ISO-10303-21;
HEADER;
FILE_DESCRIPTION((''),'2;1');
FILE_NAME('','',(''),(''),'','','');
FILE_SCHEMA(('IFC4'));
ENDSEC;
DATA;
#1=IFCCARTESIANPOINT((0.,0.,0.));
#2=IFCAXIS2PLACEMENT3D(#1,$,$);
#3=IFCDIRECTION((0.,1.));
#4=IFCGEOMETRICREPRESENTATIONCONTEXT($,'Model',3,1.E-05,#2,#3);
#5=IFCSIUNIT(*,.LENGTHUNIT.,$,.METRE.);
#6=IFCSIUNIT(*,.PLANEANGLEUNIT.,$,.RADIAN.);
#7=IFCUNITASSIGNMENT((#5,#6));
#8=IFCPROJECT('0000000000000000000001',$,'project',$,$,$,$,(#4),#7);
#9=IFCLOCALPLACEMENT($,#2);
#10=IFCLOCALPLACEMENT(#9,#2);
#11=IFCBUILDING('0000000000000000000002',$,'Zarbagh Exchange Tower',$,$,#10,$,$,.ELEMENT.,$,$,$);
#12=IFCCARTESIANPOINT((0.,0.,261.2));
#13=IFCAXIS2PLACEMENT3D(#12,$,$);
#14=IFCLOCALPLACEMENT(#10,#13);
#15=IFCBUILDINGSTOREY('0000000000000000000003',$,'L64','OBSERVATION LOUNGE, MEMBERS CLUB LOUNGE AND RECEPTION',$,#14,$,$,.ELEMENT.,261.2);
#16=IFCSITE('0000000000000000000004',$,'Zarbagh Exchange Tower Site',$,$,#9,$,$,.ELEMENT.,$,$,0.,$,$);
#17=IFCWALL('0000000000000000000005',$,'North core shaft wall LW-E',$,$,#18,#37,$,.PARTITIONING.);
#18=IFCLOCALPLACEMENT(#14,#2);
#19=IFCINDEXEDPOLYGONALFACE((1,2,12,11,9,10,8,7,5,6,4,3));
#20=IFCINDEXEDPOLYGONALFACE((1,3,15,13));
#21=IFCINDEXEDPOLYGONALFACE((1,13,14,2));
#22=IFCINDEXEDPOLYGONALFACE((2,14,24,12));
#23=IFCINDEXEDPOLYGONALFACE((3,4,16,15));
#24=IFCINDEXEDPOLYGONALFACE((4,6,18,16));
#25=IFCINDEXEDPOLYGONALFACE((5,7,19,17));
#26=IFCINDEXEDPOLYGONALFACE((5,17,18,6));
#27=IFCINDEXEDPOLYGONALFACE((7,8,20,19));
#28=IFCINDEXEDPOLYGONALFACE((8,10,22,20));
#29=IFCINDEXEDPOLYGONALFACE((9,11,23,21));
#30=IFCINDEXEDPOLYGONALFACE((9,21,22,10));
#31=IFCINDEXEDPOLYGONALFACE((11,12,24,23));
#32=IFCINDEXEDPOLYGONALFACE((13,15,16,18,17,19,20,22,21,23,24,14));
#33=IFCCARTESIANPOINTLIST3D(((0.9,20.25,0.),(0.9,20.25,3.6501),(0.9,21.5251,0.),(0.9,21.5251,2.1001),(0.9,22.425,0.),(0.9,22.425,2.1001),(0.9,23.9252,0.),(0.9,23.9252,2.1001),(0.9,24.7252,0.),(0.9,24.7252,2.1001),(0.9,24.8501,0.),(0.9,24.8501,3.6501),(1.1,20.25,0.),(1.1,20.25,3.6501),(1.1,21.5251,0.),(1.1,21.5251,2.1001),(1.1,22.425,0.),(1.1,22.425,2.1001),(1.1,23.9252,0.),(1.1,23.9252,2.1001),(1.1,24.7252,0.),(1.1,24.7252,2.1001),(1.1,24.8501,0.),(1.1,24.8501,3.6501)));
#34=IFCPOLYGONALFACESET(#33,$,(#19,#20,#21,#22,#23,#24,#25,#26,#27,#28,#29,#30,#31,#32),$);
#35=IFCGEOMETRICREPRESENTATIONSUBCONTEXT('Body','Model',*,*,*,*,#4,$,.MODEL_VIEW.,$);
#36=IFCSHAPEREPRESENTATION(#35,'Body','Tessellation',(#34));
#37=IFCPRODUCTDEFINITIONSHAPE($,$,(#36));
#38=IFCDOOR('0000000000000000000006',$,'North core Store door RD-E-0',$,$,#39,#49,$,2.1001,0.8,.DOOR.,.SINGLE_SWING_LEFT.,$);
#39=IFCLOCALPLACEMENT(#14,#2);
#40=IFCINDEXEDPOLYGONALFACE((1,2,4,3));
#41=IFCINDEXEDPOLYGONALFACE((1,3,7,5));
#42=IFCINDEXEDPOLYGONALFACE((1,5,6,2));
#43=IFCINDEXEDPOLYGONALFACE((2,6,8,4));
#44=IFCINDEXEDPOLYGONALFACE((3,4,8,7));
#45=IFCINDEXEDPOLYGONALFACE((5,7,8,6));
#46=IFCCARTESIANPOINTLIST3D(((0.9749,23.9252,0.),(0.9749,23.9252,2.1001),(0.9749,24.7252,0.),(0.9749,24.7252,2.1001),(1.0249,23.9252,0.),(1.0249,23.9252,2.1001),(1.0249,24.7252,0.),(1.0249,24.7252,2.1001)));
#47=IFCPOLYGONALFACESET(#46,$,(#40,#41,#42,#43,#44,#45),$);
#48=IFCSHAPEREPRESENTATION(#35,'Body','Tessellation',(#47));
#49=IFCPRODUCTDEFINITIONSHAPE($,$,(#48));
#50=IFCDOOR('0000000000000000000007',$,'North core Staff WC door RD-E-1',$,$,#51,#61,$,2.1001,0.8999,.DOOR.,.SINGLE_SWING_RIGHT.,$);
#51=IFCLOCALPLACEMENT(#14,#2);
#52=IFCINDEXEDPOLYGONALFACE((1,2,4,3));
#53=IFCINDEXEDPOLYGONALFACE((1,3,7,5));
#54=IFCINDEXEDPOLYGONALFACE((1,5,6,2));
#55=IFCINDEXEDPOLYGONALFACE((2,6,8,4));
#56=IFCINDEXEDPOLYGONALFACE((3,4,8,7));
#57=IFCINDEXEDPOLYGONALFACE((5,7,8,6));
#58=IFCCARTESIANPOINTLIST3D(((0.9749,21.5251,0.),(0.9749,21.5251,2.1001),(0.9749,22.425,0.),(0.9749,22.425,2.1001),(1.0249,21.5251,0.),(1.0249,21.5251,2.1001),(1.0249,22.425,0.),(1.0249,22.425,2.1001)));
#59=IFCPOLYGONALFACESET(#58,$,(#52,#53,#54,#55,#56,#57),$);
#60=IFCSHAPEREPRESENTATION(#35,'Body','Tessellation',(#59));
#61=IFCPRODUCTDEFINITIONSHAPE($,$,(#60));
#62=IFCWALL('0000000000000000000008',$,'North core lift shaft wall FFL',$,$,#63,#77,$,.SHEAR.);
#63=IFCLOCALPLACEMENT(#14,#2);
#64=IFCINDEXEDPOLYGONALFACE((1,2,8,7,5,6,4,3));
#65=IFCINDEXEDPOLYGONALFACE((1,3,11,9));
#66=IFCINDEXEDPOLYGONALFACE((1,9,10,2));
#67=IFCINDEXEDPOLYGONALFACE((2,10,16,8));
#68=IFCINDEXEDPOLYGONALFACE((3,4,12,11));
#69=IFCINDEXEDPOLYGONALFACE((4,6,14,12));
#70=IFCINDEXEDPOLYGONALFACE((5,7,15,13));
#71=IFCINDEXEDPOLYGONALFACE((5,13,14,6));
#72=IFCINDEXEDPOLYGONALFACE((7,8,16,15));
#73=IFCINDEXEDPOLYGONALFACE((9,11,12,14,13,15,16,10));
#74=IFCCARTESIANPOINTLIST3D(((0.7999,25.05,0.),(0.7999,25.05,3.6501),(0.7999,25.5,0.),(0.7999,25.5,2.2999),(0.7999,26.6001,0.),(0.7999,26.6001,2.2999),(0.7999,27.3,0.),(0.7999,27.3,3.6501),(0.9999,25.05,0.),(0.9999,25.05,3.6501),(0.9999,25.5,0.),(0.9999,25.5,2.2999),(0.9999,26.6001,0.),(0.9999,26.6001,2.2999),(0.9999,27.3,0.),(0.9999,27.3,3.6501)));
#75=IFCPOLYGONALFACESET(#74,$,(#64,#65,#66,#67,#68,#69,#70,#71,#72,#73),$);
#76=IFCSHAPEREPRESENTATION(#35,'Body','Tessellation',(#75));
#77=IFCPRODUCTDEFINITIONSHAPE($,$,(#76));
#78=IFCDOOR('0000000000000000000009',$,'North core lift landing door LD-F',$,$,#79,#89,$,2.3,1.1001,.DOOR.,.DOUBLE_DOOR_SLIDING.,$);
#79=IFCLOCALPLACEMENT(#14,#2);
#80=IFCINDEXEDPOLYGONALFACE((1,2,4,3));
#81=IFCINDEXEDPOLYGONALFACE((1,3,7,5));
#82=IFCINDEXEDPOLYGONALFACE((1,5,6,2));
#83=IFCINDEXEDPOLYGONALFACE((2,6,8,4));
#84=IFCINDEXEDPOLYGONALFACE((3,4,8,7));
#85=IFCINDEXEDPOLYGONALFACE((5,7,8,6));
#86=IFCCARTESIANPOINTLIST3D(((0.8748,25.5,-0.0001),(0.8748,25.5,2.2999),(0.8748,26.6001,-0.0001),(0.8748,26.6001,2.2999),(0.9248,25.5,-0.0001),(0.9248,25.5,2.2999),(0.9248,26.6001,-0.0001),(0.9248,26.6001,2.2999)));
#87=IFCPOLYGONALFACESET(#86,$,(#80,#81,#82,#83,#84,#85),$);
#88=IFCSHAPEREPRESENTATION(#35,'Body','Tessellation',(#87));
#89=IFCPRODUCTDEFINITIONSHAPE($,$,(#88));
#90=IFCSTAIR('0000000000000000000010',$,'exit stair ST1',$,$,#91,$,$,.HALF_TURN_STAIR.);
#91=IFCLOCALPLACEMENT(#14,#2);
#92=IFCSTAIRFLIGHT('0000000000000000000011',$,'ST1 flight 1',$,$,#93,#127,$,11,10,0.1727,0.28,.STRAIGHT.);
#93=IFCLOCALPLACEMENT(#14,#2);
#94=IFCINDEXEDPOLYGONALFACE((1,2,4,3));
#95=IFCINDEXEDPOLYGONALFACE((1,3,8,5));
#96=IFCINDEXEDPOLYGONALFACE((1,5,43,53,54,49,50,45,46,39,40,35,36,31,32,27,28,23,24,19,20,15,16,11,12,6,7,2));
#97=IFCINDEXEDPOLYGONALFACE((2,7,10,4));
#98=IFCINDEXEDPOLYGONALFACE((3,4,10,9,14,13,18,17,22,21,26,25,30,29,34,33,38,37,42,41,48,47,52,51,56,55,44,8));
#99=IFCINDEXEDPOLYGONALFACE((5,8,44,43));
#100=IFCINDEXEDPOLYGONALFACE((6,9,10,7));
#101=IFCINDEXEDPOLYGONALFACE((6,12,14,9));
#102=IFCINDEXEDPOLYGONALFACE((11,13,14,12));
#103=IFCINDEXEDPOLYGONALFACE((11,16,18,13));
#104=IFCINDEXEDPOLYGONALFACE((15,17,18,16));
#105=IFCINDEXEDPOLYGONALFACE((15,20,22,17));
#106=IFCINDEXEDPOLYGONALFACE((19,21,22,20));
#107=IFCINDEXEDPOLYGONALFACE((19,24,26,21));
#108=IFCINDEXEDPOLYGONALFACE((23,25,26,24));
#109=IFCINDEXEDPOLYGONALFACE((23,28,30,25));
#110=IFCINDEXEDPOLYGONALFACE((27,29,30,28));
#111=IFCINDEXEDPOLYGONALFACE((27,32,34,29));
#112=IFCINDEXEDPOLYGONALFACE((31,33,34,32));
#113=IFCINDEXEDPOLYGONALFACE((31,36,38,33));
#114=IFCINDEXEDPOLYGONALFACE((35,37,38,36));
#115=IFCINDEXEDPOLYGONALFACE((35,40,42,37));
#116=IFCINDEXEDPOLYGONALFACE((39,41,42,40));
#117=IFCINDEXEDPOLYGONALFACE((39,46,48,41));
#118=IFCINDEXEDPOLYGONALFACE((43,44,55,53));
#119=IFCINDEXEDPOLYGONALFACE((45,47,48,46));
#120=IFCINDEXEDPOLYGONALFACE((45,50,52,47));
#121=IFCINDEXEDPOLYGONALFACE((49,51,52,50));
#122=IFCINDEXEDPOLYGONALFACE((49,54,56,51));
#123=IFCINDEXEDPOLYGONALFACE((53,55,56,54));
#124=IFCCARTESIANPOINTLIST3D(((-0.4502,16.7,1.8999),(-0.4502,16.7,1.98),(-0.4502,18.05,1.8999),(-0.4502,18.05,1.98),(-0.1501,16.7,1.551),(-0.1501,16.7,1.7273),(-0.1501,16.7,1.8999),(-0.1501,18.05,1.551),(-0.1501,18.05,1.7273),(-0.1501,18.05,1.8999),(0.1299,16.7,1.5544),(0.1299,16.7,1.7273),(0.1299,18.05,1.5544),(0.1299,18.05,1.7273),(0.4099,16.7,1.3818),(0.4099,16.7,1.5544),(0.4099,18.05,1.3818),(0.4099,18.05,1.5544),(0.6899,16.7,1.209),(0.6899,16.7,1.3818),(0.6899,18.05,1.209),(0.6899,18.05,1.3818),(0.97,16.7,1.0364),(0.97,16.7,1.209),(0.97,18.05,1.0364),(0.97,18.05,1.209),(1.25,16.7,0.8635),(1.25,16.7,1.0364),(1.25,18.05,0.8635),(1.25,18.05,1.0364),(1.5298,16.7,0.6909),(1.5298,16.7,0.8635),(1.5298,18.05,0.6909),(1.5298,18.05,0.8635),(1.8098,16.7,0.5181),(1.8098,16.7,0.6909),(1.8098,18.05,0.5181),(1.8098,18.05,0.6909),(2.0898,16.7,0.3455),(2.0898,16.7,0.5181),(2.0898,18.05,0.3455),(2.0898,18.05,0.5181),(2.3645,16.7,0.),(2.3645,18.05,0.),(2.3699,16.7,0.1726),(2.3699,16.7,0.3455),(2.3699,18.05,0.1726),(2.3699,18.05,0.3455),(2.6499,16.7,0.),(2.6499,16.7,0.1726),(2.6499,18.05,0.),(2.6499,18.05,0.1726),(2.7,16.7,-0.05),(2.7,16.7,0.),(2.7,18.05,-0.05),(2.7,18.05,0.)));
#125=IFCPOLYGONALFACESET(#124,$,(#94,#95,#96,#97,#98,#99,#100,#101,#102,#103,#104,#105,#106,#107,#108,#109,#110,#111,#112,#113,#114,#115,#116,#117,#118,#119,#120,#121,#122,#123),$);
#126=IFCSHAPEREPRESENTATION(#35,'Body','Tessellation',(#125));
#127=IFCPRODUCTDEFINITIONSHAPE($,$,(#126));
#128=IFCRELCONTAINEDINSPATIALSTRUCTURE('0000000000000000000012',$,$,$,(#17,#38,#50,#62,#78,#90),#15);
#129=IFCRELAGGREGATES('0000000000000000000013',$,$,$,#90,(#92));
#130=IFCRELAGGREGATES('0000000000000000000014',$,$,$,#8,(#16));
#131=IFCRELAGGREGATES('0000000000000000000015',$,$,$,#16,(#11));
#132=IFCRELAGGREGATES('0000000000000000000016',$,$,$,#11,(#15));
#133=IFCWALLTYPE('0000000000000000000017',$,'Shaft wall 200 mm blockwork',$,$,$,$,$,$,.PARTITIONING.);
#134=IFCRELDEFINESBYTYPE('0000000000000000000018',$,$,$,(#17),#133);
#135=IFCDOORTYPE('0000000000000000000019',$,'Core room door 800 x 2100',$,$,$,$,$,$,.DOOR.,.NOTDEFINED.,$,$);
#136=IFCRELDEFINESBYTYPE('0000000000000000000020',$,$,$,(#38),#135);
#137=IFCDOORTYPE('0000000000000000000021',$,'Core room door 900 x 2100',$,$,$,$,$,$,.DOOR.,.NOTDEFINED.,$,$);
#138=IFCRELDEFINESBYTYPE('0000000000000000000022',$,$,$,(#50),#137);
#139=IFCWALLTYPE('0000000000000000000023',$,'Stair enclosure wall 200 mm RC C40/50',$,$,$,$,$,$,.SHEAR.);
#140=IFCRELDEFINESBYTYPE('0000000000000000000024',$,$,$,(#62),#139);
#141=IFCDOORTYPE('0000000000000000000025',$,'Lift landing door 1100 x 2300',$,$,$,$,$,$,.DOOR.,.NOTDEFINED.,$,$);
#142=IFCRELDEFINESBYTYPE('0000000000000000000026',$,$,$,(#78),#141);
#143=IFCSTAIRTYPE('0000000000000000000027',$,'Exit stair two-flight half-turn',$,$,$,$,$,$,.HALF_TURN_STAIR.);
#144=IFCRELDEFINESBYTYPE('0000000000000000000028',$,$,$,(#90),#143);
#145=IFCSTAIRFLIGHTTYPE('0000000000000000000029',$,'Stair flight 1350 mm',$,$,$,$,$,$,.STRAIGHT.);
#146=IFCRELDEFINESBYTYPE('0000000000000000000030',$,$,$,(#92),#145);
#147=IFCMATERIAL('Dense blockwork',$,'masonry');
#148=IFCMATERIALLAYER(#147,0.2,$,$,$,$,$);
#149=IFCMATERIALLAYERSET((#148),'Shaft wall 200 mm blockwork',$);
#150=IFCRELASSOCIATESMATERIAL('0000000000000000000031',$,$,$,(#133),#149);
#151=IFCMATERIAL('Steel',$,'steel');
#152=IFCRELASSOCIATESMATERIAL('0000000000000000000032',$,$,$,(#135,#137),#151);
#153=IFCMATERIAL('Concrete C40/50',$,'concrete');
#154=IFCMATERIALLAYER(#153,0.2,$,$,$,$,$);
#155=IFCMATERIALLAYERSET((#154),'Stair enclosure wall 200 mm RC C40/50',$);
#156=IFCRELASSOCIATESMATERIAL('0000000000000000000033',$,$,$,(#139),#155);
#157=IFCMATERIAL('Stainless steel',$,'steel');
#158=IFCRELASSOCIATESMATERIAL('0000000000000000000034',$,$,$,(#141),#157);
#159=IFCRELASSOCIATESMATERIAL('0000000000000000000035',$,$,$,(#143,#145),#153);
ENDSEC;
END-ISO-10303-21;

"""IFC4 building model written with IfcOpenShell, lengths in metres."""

from ifc_helpers import new_model, si_unit, direction, frame, frame_2d, origin, place, context, subcontext, project, spatial, polyline, rectangle, outline, extrude, material, layer, layer_set, type_object, element, fill, aggregate, save


model = new_model("IFC4")

# Units and contexts
model_context = context("Model", 3, precision=1e-05, world=origin(), true_north=direction((0.0, 1.0)))
body_context = subcontext(model_context, "Body", "Model", "MODEL_VIEW")
ifc_project = project(units=[si_unit("LENGTHUNIT", "METRE"), si_unit("PLANEANGLEUNIT", "RADIAN")], contexts=[model_context])

# Site, building, storey
site_placement = place(None, origin())
site = spatial("IfcSite", under=ifc_project, at=site_placement, Name="Zarbagh Exchange Tower Site", CompositionType="ELEMENT", RefElevation=0.0)
building_placement = place(site_placement, origin())
building = spatial("IfcBuilding", under=site, at=building_placement, Name="Zarbagh Exchange Tower", CompositionType="ELEMENT")
storey_placement = place(building_placement, frame((0.0, 0.0, 261.2)))
storey = spatial("IfcBuildingStorey", under=building, at=storey_placement, Name="L64", Description="OBSERVATION LOUNGE, MEMBERS CLUB LOUNGE AND RECEPTION", CompositionType="ELEMENT", Elevation=261.2)

# Shared definitions
ifc_material_1 = material(Name="Concrete C40/50", Category="concrete")

# Shared definitions
ifc_material_2 = material(Name="Dense blockwork", Category="masonry")

# Wall, openings, doors
ifc_material_3 = material(Name="Steel", Category="steel")
ifc_layer_1 = layer(ifc_material_2, 0.2)
ifc_layer_set_1 = layer_set([ifc_layer_1], Name="Shaft wall 200 mm blockwork")
wall_type_1 = type_object("IfcWallType", Name="Shaft wall 200 mm blockwork", PredefinedType="PARTITIONING", material=ifc_layer_set_1)
wall_1_placement = place(storey_placement, frame((1.0, 24.8501, 0.0), z_axis=(0.0, 0.0, 1.0), x_axis=(0.0, -1.0, 0.0)))
wall_1 = element("IfcWall", 1, at=wall_1_placement, inside=storey, type_object=wall_type_1, Name="North core shaft wall LW-E", PredefinedType="PARTITIONING", context=body_context, shape_type="SweptSolid", body=[
    extrude(rectangle(XDim=4.6001, YDim=0.2, at=frame_2d((2.3, 0.0))), origin(), (0.0, 0.0, 1.0), 3.6501),
])
opening_1_placement = place(wall_1_placement, frame((0.125, 0.0, 0.0)))
opening_1 = element("IfcOpeningElement", 2, at=opening_1_placement, cuts=wall_1, PredefinedType="OPENING", context=body_context, shape_type="SweptSolid", body=[
    extrude(rectangle(XDim=0.8, YDim=2.1001, at=frame_2d((0.3999, 1.05))), frame((0.0, 0.1099, 0.0), z_axis=(0.0, -1.0, 0.0), x_axis=(1.0, 0.0, 0.0)), (0.0, 0.0, 1.0), 0.22),
])
opening_2_placement = place(wall_1_placement, frame((2.425, 0.0, 0.0)))
opening_2 = element("IfcOpeningElement", 3, at=opening_2_placement, cuts=wall_1, PredefinedType="OPENING", context=body_context, shape_type="SweptSolid", body=[
    extrude(rectangle(XDim=0.8999, YDim=2.1001, at=frame_2d((0.45, 1.05))), frame((0.0, 0.1099, 0.0), z_axis=(0.0, -1.0, 0.0), x_axis=(1.0, 0.0, 0.0)), (0.0, 0.0, 1.0), 0.22),
])
door_type_1 = type_object("IfcDoorType", Name="Core room door 800 x 2100", OperationType="NOTDEFINED", PredefinedType="DOOR", material=ifc_material_3)
door_1_placement = place(opening_1_placement, origin())
door_1 = element("IfcDoor", 4, at=door_1_placement, inside=storey, type_object=door_type_1, Name="North core Store door RD-E-0", OperationType="SINGLE_SWING_LEFT", OverallHeight=2.1001, OverallWidth=0.8, PredefinedType="DOOR", context=body_context, shape_type="SweptSolid", body=[
    extrude(rectangle(XDim=0.8, YDim=2.1001, at=frame_2d((0.3999, 1.05))), frame((0.0, 0.0249, 0.0), z_axis=(0.0, -1.0, 0.0), x_axis=(1.0, 0.0, 0.0)), (0.0, 0.0, 1.0), 0.05),
])
fill(opening_1, door_1)
door_type_2 = type_object("IfcDoorType", Name="Core room door 900 x 2100", OperationType="NOTDEFINED", PredefinedType="DOOR", material=ifc_material_3)
door_2_placement = place(opening_2_placement, origin())
door_2 = element("IfcDoor", 5, at=door_2_placement, inside=storey, type_object=door_type_2, Name="North core Staff WC door RD-E-1", OperationType="SINGLE_SWING_RIGHT", OverallHeight=2.1001, OverallWidth=0.8999, PredefinedType="DOOR", context=body_context, shape_type="SweptSolid", body=[
    extrude(rectangle(XDim=0.8999, YDim=2.1001, at=frame_2d((0.45, 1.05))), frame((0.0, 0.0249, 0.0), z_axis=(0.0, -1.0, 0.0), x_axis=(1.0, 0.0, 0.0)), (0.0, 0.0, 1.0), 0.05),
])
fill(opening_2, door_2)

# Wall, opening, door
ifc_layer_2 = layer(ifc_material_1, 0.2)
ifc_layer_set_2 = layer_set([ifc_layer_2], Name="Stair enclosure wall 200 mm RC C40/50")
wall_type_2 = type_object("IfcWallType", Name="Stair enclosure wall 200 mm RC C40/50", PredefinedType="SHEAR", material=ifc_layer_set_2)
wall_2_placement = place(storey_placement, frame((0.8999, 27.3, 0.0), z_axis=(0.0, 0.0, 1.0), x_axis=(0.0, -1.0, 0.0)))
wall_2 = element("IfcWall", 6, at=wall_2_placement, inside=storey, type_object=wall_type_2, Name="North core lift shaft wall FFL", PredefinedType="SHEAR", context=body_context, shape_type="SweptSolid", body=[
    extrude(rectangle(XDim=2.25, YDim=0.2, at=frame_2d((1.125, 0.0))), origin(), (0.0, 0.0, 1.0), 3.6501),
])
opening_3_placement = place(wall_2_placement, frame((0.7, 0.0, 0.0)))
opening_3 = element("IfcOpeningElement", 7, at=opening_3_placement, cuts=wall_2, PredefinedType="OPENING", context=body_context, shape_type="SweptSolid", body=[
    extrude(rectangle(XDim=1.1001, YDim=2.3, at=frame_2d((0.55, 1.1499))), frame((0.0, 0.1099, 0.0), z_axis=(0.0, -1.0, 0.0), x_axis=(1.0, 0.0, 0.0)), (0.0, 0.0, 1.0), 0.22),
])
ifc_material_4 = material(Name="Stainless steel", Category="steel")
door_type_3 = type_object("IfcDoorType", Name="Lift landing door 1100 x 2300", OperationType="NOTDEFINED", PredefinedType="DOOR", material=ifc_material_4)
door_3_placement = place(opening_3_placement, origin())
door_3 = element("IfcDoor", 8, at=door_3_placement, inside=storey, type_object=door_type_3, Name="North core lift landing door LD-F", OperationType="DOUBLE_DOOR_SLIDING", OverallHeight=2.3, OverallWidth=1.1001, PredefinedType="DOOR", context=body_context, shape_type="SweptSolid", body=[
    extrude(rectangle(XDim=1.1001, YDim=2.3, at=frame_2d((0.55, 1.1499))), frame((0.0, 0.0249, 0.0), z_axis=(0.0, -1.0, 0.0), x_axis=(1.0, 0.0, 0.0)), (0.0, 0.0, 1.0), 0.05),
])
fill(opening_3, door_3)

# Stair, stair flight
stair_type = type_object("IfcStairType", Name="Exit stair two-flight half-turn", PredefinedType="HALF_TURN_STAIR", material=ifc_material_1)
stair_placement = place(storey_placement, origin())
stair = element("IfcStair", 9, at=stair_placement, inside=storey, type_object=stair_type, Name="exit stair ST1", PredefinedType="HALF_TURN_STAIR")
stair_flight_type = type_object("IfcStairFlightType", Name="Stair flight 1350 mm", PredefinedType="STRAIGHT", material=ifc_material_1)
stair_flight_placement = place(storey_placement, frame((2.6499, 17.375, 0.0), z_axis=(0.0, 0.0, 1.0), x_axis=(-1.0, 0.0, 0.0)))
stair_flight = element("IfcStairFlight", 10, at=stair_flight_placement, type_object=stair_flight_type, Name="ST1 flight 1", NumberOfRisers=11, NumberOfTreads=10, PredefinedType="STRAIGHT", RiserHeight=0.1727, TreadLength=0.28, context=body_context, shape_type="SweptSolid", body=[
    extrude(outline(polyline([(-0.05, -0.05), (-0.05, 0.0), (0.0, 0.0), (0.0, 0.1726), (0.28, 0.1726), (0.28, 0.3455), (0.5601, 0.3455), (0.5601, 0.5181), (0.8401, 0.5181), (0.8401, 0.6909), (1.1201, 0.6909), (1.1201, 0.8635), (1.3999, 0.8635), (1.3999, 1.0364), (1.6799, 1.0364), (1.6799, 1.209), (1.96, 1.209), (1.96, 1.3818), (2.24, 1.3818), (2.24, 1.5544), (2.52, 1.5544), (2.52, 1.7273), (2.8, 1.7273), (2.8, 1.8999), (3.1001, 1.98), (3.1001, 1.8999), (2.8, 1.551), (0.2854, 0.0), (-0.05, -0.05)])), frame((0.0, 0.675, 0.0), z_axis=(0.0, -1.0, 0.0), x_axis=(1.0, 0.0, 0.0)), (0.0, 0.0, 1.0), 1.3501),
])
aggregate(stair, [stair_flight])

save(model, "model.ifc")
